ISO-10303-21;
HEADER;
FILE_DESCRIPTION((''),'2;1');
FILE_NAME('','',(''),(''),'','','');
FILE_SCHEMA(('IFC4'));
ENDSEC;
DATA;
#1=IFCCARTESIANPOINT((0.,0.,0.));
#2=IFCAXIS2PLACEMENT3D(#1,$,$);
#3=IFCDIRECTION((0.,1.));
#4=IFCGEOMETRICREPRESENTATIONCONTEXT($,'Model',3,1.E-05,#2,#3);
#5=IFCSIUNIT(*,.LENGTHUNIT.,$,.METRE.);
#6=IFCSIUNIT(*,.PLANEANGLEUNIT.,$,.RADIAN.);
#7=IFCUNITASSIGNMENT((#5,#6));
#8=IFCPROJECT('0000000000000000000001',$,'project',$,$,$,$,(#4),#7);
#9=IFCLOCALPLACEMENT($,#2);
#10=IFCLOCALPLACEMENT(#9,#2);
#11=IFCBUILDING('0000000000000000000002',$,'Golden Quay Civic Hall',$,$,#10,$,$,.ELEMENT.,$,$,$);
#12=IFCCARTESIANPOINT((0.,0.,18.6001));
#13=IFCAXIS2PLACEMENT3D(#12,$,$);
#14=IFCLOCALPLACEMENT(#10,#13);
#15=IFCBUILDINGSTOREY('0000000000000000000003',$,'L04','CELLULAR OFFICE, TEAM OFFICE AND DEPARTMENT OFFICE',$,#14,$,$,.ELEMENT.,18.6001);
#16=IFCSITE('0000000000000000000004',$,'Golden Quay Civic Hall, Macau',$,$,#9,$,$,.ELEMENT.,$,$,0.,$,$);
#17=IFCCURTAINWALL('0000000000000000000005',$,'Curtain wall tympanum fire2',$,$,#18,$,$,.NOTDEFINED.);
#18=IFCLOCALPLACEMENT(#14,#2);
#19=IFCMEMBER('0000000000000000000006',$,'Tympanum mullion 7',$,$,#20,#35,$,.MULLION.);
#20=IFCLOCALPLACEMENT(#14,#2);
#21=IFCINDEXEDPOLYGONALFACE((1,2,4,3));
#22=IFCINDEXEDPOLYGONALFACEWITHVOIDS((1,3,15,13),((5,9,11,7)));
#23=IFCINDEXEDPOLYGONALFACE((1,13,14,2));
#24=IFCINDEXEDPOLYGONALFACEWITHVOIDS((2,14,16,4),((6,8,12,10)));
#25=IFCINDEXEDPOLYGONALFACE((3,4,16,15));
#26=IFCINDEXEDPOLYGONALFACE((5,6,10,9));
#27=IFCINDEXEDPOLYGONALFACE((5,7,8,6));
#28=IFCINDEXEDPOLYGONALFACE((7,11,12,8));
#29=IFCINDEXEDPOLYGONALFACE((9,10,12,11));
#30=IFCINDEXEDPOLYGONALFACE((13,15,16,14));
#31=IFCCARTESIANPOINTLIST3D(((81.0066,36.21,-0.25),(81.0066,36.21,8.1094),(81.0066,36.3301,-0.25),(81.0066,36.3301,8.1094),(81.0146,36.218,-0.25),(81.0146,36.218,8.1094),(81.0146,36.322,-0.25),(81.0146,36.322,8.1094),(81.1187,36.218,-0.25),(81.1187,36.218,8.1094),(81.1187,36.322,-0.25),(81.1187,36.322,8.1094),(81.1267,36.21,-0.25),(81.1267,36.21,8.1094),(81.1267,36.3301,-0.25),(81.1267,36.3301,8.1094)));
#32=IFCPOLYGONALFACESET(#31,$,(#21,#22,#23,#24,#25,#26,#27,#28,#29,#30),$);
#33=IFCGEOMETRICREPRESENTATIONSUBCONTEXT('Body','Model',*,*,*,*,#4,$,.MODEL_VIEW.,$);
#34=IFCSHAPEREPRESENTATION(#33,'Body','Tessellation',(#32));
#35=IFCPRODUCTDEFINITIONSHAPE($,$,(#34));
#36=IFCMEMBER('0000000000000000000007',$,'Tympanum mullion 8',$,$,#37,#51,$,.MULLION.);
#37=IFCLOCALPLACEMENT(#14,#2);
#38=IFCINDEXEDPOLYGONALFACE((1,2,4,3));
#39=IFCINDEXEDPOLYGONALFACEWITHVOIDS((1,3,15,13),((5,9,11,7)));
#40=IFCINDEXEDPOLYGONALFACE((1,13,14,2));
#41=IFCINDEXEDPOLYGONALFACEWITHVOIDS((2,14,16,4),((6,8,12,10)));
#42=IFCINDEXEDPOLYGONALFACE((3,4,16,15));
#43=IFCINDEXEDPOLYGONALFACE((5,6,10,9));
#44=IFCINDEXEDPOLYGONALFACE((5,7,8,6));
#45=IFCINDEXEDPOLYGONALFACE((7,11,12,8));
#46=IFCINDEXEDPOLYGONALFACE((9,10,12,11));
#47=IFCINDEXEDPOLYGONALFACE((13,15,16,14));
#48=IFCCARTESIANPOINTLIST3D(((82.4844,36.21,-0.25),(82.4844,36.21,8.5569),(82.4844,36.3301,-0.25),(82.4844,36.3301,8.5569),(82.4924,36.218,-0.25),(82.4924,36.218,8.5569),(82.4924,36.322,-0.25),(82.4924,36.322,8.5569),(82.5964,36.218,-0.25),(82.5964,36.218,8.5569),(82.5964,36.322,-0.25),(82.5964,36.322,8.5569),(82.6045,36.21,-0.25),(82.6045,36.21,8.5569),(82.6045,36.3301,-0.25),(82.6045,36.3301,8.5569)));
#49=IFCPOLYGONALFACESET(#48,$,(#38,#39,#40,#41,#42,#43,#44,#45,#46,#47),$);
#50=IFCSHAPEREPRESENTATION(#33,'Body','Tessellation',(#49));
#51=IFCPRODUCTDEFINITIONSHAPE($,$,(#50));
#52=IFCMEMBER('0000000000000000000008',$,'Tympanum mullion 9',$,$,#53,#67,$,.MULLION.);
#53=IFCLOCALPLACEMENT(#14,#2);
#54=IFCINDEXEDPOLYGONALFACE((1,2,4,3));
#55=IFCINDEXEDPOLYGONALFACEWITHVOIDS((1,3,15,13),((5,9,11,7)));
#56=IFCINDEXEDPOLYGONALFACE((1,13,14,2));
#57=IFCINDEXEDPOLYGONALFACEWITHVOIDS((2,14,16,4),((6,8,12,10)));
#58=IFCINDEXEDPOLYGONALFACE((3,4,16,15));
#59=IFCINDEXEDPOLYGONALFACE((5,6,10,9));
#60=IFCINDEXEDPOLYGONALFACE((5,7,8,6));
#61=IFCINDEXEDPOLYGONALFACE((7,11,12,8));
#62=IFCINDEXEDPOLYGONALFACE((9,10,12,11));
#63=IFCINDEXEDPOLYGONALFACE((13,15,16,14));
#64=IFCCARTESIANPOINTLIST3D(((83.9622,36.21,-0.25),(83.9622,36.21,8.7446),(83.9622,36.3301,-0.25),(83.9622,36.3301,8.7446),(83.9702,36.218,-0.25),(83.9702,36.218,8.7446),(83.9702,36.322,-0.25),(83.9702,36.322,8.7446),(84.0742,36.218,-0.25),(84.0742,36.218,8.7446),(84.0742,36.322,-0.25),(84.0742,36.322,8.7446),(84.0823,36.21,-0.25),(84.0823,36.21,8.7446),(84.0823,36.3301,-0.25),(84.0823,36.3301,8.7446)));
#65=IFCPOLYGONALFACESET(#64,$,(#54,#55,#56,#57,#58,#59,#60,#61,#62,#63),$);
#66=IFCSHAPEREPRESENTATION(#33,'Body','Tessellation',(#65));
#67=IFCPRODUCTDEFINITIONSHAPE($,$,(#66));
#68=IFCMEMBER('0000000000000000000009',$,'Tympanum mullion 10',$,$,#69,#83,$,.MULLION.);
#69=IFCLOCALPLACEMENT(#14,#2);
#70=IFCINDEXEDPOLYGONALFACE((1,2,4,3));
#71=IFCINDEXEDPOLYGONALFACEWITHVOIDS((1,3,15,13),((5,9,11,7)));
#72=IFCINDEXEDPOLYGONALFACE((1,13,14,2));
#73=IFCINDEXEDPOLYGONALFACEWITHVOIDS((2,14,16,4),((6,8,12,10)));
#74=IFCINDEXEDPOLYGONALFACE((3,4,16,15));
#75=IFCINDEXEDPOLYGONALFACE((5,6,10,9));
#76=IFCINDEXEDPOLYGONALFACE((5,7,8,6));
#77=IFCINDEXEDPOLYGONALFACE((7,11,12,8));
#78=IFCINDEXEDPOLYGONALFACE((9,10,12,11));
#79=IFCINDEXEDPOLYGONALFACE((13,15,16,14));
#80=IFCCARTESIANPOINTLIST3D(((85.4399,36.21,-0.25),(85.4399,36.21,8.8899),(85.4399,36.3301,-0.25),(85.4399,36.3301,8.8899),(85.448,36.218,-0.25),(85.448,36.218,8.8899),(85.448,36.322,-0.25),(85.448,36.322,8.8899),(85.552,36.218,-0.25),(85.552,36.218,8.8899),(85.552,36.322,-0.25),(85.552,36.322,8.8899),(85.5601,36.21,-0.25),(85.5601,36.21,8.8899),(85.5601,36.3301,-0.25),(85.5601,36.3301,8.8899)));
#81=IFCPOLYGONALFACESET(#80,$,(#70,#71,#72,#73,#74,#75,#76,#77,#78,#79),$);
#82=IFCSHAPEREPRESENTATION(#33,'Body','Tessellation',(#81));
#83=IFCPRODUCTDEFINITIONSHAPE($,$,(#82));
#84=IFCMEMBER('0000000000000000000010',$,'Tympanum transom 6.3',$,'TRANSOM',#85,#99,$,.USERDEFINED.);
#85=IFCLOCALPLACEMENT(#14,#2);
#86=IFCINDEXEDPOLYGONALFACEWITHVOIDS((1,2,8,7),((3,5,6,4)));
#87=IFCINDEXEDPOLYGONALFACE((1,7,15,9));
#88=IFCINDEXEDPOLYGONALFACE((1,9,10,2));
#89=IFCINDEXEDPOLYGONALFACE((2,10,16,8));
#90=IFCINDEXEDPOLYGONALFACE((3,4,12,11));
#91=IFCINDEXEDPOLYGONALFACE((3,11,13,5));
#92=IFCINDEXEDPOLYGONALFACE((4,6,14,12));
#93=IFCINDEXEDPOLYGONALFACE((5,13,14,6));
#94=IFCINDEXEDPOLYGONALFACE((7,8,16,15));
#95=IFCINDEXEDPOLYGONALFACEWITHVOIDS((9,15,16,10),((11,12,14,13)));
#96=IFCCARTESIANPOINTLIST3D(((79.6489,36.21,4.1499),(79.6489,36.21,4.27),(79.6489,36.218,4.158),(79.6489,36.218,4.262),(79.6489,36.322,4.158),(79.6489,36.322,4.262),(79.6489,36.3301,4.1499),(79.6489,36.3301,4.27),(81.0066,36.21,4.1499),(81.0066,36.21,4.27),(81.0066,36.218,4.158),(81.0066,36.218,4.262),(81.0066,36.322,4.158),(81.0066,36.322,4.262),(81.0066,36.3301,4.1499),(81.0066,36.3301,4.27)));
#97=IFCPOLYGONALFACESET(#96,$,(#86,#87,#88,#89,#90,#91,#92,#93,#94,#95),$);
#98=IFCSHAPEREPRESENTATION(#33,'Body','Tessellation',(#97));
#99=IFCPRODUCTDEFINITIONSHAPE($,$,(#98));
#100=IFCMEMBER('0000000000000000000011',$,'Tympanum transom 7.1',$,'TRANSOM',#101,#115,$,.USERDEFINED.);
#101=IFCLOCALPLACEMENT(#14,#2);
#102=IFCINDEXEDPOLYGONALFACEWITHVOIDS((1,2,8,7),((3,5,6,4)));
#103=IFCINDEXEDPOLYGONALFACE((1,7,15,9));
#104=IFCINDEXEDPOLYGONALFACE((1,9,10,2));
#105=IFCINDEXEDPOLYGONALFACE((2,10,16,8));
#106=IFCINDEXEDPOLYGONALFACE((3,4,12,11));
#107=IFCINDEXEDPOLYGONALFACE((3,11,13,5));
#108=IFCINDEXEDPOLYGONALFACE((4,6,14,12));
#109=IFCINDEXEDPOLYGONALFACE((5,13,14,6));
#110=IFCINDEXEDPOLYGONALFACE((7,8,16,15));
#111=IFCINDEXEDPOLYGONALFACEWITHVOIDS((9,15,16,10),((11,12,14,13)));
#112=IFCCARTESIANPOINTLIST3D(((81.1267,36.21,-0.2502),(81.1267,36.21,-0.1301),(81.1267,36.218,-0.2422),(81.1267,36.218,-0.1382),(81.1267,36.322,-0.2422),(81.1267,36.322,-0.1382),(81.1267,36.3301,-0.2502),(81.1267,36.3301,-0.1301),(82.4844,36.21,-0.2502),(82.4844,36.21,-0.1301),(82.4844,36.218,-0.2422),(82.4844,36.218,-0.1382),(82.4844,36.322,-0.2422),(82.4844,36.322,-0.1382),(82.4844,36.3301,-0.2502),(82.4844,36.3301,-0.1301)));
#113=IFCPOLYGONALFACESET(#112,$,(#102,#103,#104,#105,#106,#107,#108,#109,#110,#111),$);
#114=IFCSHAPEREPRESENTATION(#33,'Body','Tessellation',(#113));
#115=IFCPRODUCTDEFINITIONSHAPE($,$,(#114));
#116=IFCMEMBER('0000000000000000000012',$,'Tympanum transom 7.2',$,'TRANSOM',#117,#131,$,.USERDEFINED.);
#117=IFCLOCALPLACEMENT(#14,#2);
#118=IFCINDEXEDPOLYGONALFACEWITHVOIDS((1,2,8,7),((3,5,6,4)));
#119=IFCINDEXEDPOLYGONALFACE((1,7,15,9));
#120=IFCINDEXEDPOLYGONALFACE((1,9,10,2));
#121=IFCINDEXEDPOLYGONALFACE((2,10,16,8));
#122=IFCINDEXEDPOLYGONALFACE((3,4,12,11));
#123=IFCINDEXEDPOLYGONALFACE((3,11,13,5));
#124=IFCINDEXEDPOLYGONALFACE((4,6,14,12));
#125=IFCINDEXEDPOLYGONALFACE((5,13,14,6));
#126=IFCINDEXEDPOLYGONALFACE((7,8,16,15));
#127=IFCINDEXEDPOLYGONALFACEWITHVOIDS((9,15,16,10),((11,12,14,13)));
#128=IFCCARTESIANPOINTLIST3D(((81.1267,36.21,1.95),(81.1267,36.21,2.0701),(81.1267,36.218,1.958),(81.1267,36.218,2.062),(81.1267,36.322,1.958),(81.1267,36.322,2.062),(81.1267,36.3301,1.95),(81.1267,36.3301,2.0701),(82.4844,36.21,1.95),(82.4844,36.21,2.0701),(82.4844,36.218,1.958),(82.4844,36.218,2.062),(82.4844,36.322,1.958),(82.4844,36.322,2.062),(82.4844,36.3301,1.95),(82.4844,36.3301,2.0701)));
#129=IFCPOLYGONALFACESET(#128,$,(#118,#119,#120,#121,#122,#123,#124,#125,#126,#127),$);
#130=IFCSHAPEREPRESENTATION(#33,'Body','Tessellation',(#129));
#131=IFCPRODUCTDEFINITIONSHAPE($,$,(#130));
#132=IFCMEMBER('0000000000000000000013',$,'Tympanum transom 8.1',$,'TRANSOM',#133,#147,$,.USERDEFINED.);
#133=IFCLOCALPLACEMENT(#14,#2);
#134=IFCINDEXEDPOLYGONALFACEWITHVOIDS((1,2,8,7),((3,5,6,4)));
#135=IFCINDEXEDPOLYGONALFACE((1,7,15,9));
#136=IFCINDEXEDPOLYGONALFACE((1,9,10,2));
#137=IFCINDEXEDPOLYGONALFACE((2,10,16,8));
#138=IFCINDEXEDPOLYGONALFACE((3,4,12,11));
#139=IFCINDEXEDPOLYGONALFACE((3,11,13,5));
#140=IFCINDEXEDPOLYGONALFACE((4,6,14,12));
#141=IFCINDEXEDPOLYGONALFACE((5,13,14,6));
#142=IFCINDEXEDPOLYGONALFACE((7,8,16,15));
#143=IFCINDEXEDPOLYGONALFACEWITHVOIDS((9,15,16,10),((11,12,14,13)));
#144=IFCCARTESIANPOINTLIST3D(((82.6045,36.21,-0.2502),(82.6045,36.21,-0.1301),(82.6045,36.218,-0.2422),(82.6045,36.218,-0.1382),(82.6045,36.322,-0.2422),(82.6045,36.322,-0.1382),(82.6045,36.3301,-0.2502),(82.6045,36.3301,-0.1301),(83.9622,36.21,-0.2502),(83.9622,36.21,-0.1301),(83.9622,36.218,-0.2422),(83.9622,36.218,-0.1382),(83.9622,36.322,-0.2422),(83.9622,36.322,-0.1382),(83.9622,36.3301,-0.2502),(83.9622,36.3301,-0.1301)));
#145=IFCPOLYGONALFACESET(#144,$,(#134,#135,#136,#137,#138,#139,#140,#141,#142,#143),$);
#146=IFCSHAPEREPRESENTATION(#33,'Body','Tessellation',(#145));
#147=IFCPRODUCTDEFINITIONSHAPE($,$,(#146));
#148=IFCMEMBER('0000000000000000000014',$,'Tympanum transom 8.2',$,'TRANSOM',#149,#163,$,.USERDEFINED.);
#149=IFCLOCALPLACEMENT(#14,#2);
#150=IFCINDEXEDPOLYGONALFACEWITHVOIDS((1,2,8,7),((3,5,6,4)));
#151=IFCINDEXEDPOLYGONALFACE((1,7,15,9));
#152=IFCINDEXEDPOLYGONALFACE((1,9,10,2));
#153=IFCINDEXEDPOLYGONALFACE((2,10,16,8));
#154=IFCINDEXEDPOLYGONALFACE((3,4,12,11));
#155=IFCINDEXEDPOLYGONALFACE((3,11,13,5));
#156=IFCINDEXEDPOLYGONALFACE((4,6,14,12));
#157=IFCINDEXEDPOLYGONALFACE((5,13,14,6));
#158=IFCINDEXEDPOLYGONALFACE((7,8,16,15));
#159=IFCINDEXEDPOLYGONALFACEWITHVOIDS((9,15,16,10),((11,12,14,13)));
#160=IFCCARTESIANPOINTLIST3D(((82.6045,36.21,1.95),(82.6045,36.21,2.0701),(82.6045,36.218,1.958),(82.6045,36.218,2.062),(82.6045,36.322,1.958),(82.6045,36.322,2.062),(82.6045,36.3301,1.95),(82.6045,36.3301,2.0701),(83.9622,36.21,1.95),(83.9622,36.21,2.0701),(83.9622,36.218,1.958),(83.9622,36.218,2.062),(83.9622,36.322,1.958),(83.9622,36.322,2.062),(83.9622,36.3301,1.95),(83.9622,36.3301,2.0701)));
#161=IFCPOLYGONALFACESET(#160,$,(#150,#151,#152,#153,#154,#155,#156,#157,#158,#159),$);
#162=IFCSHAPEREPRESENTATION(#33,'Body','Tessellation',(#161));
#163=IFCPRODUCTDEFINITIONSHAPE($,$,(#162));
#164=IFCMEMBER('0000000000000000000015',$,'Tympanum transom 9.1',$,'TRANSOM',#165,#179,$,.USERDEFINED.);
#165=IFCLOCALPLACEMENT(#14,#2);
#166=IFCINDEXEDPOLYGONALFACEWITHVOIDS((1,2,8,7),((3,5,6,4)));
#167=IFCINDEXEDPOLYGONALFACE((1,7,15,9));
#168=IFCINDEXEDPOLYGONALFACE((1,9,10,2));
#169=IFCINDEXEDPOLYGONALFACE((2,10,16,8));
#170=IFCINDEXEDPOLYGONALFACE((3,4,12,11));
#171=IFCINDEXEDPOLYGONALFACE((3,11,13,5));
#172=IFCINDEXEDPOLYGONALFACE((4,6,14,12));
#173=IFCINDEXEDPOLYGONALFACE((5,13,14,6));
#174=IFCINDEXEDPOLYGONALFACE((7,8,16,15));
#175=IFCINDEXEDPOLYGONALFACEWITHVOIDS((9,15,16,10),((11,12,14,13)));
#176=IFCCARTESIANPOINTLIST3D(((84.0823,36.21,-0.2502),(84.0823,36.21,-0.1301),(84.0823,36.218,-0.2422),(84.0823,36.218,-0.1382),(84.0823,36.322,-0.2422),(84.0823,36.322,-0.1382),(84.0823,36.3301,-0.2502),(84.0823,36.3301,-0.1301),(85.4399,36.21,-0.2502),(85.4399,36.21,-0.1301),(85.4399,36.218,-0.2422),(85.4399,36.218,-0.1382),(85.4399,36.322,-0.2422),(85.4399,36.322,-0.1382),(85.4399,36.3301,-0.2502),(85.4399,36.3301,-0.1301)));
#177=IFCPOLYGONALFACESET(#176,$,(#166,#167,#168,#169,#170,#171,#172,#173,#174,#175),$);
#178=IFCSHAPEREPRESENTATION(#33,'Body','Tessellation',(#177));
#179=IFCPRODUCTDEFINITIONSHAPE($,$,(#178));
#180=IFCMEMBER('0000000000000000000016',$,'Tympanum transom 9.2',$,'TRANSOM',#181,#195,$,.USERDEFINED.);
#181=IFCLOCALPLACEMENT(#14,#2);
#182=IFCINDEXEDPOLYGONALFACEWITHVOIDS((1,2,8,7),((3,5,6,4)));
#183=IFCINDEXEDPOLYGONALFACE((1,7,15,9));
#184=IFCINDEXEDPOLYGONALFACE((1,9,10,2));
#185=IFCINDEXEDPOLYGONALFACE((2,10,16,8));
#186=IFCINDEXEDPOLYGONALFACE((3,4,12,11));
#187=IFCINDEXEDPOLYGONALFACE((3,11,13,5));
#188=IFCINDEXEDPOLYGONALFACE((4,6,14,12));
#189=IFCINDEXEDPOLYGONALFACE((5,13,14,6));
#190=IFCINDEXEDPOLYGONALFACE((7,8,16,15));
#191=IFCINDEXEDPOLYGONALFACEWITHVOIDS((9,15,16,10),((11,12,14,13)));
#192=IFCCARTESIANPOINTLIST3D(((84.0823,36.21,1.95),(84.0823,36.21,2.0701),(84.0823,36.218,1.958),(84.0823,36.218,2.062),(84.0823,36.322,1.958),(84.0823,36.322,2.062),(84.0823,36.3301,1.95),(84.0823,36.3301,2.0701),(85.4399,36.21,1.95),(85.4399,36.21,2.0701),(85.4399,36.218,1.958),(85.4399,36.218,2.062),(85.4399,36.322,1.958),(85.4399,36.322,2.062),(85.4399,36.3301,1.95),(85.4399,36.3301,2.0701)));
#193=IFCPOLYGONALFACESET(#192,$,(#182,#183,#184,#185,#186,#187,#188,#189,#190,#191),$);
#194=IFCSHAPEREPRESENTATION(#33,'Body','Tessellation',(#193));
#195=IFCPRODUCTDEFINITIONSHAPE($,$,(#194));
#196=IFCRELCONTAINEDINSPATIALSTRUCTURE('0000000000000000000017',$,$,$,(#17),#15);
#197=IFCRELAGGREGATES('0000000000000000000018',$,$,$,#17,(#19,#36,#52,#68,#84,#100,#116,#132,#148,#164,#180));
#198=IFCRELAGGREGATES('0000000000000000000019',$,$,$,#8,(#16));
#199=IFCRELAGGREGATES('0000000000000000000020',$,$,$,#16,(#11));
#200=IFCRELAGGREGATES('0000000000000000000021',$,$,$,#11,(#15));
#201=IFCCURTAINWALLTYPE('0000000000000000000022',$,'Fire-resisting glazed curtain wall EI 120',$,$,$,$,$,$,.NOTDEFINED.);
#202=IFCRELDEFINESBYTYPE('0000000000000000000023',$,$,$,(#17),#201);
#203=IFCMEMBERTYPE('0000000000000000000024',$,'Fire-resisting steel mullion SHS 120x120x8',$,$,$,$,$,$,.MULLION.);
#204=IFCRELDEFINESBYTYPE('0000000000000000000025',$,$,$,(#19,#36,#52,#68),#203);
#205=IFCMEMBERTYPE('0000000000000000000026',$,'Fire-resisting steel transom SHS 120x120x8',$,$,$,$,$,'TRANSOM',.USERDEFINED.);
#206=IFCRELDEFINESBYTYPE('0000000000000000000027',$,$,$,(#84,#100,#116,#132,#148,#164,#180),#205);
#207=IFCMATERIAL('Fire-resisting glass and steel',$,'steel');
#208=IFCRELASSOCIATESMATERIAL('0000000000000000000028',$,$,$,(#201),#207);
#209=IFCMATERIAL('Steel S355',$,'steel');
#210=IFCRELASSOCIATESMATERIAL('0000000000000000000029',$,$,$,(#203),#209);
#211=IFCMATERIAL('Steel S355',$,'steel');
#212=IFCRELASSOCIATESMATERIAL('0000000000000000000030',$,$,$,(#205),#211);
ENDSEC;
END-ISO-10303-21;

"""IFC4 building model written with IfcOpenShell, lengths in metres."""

from ifc_helpers import new_model, si_unit, direction, frame, origin, origin_2d, place, context, subcontext, project, spatial, hollow_rectangle, extrude, material, material_profile, profile_set, type_object, element, aggregate, save


model = new_model("IFC4")

# Units and contexts
model_context = context("Model", 3, precision=1e-05, world=origin(), true_north=direction((0.0, 1.0)))
body_context = subcontext(model_context, "Body", "Model", "MODEL_VIEW")
ifc_project = project(units=[si_unit("LENGTHUNIT", "METRE"), si_unit("PLANEANGLEUNIT", "RADIAN")], contexts=[model_context])

# Site, building, storey
site_placement = place(None, origin())
site = spatial("IfcSite", under=ifc_project, at=site_placement, Name="Golden Quay Civic Hall, Macau", CompositionType="ELEMENT", RefElevation=0.0)
building_placement = place(site_placement, origin())
building = spatial("IfcBuilding", under=site, at=building_placement, Name="Golden Quay Civic Hall", CompositionType="ELEMENT")
storey_placement = place(building_placement, frame((0.0, 0.0, 18.6001)))
storey = spatial("IfcBuildingStorey", under=building, at=storey_placement, Name="L04", Description="CELLULAR OFFICE, TEAM OFFICE AND DEPARTMENT OFFICE", CompositionType="ELEMENT", Elevation=18.6001)

# Curtain wall, members
ifc_material_1 = material(Name="Fire-resisting glass and steel", Category="steel")
curtain_wall_type = type_object("IfcCurtainWallType", Name="Fire-resisting glazed curtain wall EI 120", PredefinedType="NOTDEFINED", material=ifc_material_1)
curtain_wall_placement = place(storey_placement, origin())
curtain_wall = element("IfcCurtainWall", 1, at=curtain_wall_placement, inside=storey, type_object=curtain_wall_type, Name="Curtain wall tympanum fire2", PredefinedType="NOTDEFINED")
ifc_material_2 = material(Name="Steel S355", Category="steel")
ifc_material_profile_1 = material_profile(ifc_material_2, hollow_rectangle(XDim=0.1201, YDim=0.1201, WallThickness=0.0081, at=origin_2d()), Name="SHS 120x120x8")
ifc_profile_set_1 = profile_set([ifc_material_profile_1], Name="Steel S355")
member_type_1 = type_object("IfcMemberType", Name="Fire-resisting steel mullion SHS 120x120x8", PredefinedType="MULLION", material=ifc_profile_set_1)
member_1_placement = place(storey_placement, frame((81.0667, 36.27, -0.25), z_axis=(0.0, 0.0, 1.0), x_axis=(0.0, 1.0, 0.0)))
member_1 = element("IfcMember", 2, at=member_1_placement, type_object=member_type_1, Name="Tympanum mullion 7", PredefinedType="MULLION", context=body_context, shape_type="SweptSolid", body=[
    extrude(hollow_rectangle(XDim=0.1201, YDim=0.1201, WallThickness=0.0081, at=origin_2d()), origin(), (0.0, 0.0, 1.0), 8.3594),
])
member_2_placement = place(storey_placement, frame((82.5444, 36.27, -0.25), z_axis=(0.0, 0.0, 1.0), x_axis=(0.0, 1.0, 0.0)))
member_2 = element("IfcMember", 3, at=member_2_placement, type_object=member_type_1, Name="Tympanum mullion 8", PredefinedType="MULLION", context=body_context, shape_type="SweptSolid", body=[
    extrude(hollow_rectangle(XDim=0.1201, YDim=0.1201, WallThickness=0.0081, at=origin_2d()), origin(), (0.0, 0.0, 1.0), 8.8069),
])
member_3_placement = place(storey_placement, frame((84.0222, 36.27, -0.25), z_axis=(0.0, 0.0, 1.0), x_axis=(0.0, 1.0, 0.0)))
member_3 = element("IfcMember", 4, at=member_3_placement, type_object=member_type_1, Name="Tympanum mullion 9", PredefinedType="MULLION", context=body_context, shape_type="SweptSolid", body=[
    extrude(hollow_rectangle(XDim=0.1201, YDim=0.1201, WallThickness=0.0081, at=origin_2d()), origin(), (0.0, 0.0, 1.0), 8.9946),
])
member_4_placement = place(storey_placement, frame((85.5, 36.27, -0.25), z_axis=(0.0, 0.0, 1.0), x_axis=(0.0, 1.0, 0.0)))
member_4 = element("IfcMember", 5, at=member_4_placement, type_object=member_type_1, Name="Tympanum mullion 10", PredefinedType="MULLION", context=body_context, shape_type="SweptSolid", body=[
    extrude(hollow_rectangle(XDim=0.1201, YDim=0.1201, WallThickness=0.0081, at=origin_2d()), origin(), (0.0, 0.0, 1.0), 9.1399),
])
ifc_material_3 = material(Name="Steel S355", Category="steel")
ifc_material_profile_2 = material_profile(ifc_material_3, hollow_rectangle(XDim=0.1201, YDim=0.1201, WallThickness=0.0081, at=origin_2d()), Name="SHS 120x120x8")
ifc_profile_set_2 = profile_set([ifc_material_profile_2], Name="Steel S355")
member_type_2 = type_object("IfcMemberType", Name="Fire-resisting steel transom SHS 120x120x8", ElementType="TRANSOM", PredefinedType="USERDEFINED", material=ifc_profile_set_2)
member_5_placement = place(storey_placement, frame((79.6489, 36.27, 4.21), z_axis=(1.0, 0.0, 0.0), x_axis=(0.0, 1.0, 0.0)))
member_5 = element("IfcMember", 6, at=member_5_placement, type_object=member_type_2, Name="Tympanum transom 6.3", ObjectType="TRANSOM", PredefinedType="USERDEFINED", context=body_context, shape_type="SweptSolid", body=[
    extrude(hollow_rectangle(XDim=0.1201, YDim=0.1201, WallThickness=0.0081, at=origin_2d()), origin(), (0.0, 0.0, 1.0), 1.3577),
])
member_6_placement = place(storey_placement, frame((81.1267, 36.27, -0.1902), z_axis=(1.0, 0.0, 0.0), x_axis=(0.0, 1.0, 0.0)))
member_6 = element("IfcMember", 7, at=member_6_placement, type_object=member_type_2, Name="Tympanum transom 7.1", ObjectType="TRANSOM", PredefinedType="USERDEFINED", context=body_context, shape_type="SweptSolid", body=[
    extrude(hollow_rectangle(XDim=0.1201, YDim=0.1201, WallThickness=0.0081, at=origin_2d()), origin(), (0.0, 0.0, 1.0), 1.3577),
])
member_7_placement = place(storey_placement, frame((81.1267, 36.27, 2.01), z_axis=(1.0, 0.0, 0.0), x_axis=(0.0, 1.0, 0.0)))
member_7 = element("IfcMember", 8, at=member_7_placement, type_object=member_type_2, Name="Tympanum transom 7.2", ObjectType="TRANSOM", PredefinedType="USERDEFINED", context=body_context, shape_type="SweptSolid", body=[
    extrude(hollow_rectangle(XDim=0.1201, YDim=0.1201, WallThickness=0.0081, at=origin_2d()), origin(), (0.0, 0.0, 1.0), 1.3577),
])
member_8_placement = place(storey_placement, frame((82.6045, 36.27, -0.1902), z_axis=(1.0, 0.0, 0.0), x_axis=(0.0, 1.0, 0.0)))
member_8 = element("IfcMember", 9, at=member_8_placement, type_object=member_type_2, Name="Tympanum transom 8.1", ObjectType="TRANSOM", PredefinedType="USERDEFINED", context=body_context, shape_type="SweptSolid", body=[
    extrude(hollow_rectangle(XDim=0.1201, YDim=0.1201, WallThickness=0.0081, at=origin_2d()), origin(), (0.0, 0.0, 1.0), 1.3577),
])
member_9_placement = place(storey_placement, frame((82.6045, 36.27, 2.01), z_axis=(1.0, 0.0, 0.0), x_axis=(0.0, 1.0, 0.0)))
member_9 = element("IfcMember", 10, at=member_9_placement, type_object=member_type_2, Name="Tympanum transom 8.2", ObjectType="TRANSOM", PredefinedType="USERDEFINED", context=body_context, shape_type="SweptSolid", body=[
    extrude(hollow_rectangle(XDim=0.1201, YDim=0.1201, WallThickness=0.0081, at=origin_2d()), origin(), (0.0, 0.0, 1.0), 1.3577),
])
member_10_placement = place(storey_placement, frame((84.0823, 36.27, -0.1902), z_axis=(1.0, 0.0, 0.0), x_axis=(0.0, 1.0, 0.0)))
member_10 = element("IfcMember", 11, at=member_10_placement, type_object=member_type_2, Name="Tympanum transom 9.1", ObjectType="TRANSOM", PredefinedType="USERDEFINED", context=body_context, shape_type="SweptSolid", body=[
    extrude(hollow_rectangle(XDim=0.1201, YDim=0.1201, WallThickness=0.0081, at=origin_2d()), origin(), (0.0, 0.0, 1.0), 1.3577),
])
member_11_placement = place(storey_placement, frame((84.0823, 36.27, 2.01), z_axis=(1.0, 0.0, 0.0), x_axis=(0.0, 1.0, 0.0)))
member_11 = element("IfcMember", 12, at=member_11_placement, type_object=member_type_2, Name="Tympanum transom 9.2", ObjectType="TRANSOM", PredefinedType="USERDEFINED", context=body_context, shape_type="SweptSolid", body=[
    extrude(hollow_rectangle(XDim=0.1201, YDim=0.1201, WallThickness=0.0081, at=origin_2d()), origin(), (0.0, 0.0, 1.0), 1.3577),
])
aggregate(curtain_wall, [member_1, member_2, member_3, member_4, member_5, member_6, member_7, member_8, member_9, member_10, member_11])

save(model, "model.ifc")
